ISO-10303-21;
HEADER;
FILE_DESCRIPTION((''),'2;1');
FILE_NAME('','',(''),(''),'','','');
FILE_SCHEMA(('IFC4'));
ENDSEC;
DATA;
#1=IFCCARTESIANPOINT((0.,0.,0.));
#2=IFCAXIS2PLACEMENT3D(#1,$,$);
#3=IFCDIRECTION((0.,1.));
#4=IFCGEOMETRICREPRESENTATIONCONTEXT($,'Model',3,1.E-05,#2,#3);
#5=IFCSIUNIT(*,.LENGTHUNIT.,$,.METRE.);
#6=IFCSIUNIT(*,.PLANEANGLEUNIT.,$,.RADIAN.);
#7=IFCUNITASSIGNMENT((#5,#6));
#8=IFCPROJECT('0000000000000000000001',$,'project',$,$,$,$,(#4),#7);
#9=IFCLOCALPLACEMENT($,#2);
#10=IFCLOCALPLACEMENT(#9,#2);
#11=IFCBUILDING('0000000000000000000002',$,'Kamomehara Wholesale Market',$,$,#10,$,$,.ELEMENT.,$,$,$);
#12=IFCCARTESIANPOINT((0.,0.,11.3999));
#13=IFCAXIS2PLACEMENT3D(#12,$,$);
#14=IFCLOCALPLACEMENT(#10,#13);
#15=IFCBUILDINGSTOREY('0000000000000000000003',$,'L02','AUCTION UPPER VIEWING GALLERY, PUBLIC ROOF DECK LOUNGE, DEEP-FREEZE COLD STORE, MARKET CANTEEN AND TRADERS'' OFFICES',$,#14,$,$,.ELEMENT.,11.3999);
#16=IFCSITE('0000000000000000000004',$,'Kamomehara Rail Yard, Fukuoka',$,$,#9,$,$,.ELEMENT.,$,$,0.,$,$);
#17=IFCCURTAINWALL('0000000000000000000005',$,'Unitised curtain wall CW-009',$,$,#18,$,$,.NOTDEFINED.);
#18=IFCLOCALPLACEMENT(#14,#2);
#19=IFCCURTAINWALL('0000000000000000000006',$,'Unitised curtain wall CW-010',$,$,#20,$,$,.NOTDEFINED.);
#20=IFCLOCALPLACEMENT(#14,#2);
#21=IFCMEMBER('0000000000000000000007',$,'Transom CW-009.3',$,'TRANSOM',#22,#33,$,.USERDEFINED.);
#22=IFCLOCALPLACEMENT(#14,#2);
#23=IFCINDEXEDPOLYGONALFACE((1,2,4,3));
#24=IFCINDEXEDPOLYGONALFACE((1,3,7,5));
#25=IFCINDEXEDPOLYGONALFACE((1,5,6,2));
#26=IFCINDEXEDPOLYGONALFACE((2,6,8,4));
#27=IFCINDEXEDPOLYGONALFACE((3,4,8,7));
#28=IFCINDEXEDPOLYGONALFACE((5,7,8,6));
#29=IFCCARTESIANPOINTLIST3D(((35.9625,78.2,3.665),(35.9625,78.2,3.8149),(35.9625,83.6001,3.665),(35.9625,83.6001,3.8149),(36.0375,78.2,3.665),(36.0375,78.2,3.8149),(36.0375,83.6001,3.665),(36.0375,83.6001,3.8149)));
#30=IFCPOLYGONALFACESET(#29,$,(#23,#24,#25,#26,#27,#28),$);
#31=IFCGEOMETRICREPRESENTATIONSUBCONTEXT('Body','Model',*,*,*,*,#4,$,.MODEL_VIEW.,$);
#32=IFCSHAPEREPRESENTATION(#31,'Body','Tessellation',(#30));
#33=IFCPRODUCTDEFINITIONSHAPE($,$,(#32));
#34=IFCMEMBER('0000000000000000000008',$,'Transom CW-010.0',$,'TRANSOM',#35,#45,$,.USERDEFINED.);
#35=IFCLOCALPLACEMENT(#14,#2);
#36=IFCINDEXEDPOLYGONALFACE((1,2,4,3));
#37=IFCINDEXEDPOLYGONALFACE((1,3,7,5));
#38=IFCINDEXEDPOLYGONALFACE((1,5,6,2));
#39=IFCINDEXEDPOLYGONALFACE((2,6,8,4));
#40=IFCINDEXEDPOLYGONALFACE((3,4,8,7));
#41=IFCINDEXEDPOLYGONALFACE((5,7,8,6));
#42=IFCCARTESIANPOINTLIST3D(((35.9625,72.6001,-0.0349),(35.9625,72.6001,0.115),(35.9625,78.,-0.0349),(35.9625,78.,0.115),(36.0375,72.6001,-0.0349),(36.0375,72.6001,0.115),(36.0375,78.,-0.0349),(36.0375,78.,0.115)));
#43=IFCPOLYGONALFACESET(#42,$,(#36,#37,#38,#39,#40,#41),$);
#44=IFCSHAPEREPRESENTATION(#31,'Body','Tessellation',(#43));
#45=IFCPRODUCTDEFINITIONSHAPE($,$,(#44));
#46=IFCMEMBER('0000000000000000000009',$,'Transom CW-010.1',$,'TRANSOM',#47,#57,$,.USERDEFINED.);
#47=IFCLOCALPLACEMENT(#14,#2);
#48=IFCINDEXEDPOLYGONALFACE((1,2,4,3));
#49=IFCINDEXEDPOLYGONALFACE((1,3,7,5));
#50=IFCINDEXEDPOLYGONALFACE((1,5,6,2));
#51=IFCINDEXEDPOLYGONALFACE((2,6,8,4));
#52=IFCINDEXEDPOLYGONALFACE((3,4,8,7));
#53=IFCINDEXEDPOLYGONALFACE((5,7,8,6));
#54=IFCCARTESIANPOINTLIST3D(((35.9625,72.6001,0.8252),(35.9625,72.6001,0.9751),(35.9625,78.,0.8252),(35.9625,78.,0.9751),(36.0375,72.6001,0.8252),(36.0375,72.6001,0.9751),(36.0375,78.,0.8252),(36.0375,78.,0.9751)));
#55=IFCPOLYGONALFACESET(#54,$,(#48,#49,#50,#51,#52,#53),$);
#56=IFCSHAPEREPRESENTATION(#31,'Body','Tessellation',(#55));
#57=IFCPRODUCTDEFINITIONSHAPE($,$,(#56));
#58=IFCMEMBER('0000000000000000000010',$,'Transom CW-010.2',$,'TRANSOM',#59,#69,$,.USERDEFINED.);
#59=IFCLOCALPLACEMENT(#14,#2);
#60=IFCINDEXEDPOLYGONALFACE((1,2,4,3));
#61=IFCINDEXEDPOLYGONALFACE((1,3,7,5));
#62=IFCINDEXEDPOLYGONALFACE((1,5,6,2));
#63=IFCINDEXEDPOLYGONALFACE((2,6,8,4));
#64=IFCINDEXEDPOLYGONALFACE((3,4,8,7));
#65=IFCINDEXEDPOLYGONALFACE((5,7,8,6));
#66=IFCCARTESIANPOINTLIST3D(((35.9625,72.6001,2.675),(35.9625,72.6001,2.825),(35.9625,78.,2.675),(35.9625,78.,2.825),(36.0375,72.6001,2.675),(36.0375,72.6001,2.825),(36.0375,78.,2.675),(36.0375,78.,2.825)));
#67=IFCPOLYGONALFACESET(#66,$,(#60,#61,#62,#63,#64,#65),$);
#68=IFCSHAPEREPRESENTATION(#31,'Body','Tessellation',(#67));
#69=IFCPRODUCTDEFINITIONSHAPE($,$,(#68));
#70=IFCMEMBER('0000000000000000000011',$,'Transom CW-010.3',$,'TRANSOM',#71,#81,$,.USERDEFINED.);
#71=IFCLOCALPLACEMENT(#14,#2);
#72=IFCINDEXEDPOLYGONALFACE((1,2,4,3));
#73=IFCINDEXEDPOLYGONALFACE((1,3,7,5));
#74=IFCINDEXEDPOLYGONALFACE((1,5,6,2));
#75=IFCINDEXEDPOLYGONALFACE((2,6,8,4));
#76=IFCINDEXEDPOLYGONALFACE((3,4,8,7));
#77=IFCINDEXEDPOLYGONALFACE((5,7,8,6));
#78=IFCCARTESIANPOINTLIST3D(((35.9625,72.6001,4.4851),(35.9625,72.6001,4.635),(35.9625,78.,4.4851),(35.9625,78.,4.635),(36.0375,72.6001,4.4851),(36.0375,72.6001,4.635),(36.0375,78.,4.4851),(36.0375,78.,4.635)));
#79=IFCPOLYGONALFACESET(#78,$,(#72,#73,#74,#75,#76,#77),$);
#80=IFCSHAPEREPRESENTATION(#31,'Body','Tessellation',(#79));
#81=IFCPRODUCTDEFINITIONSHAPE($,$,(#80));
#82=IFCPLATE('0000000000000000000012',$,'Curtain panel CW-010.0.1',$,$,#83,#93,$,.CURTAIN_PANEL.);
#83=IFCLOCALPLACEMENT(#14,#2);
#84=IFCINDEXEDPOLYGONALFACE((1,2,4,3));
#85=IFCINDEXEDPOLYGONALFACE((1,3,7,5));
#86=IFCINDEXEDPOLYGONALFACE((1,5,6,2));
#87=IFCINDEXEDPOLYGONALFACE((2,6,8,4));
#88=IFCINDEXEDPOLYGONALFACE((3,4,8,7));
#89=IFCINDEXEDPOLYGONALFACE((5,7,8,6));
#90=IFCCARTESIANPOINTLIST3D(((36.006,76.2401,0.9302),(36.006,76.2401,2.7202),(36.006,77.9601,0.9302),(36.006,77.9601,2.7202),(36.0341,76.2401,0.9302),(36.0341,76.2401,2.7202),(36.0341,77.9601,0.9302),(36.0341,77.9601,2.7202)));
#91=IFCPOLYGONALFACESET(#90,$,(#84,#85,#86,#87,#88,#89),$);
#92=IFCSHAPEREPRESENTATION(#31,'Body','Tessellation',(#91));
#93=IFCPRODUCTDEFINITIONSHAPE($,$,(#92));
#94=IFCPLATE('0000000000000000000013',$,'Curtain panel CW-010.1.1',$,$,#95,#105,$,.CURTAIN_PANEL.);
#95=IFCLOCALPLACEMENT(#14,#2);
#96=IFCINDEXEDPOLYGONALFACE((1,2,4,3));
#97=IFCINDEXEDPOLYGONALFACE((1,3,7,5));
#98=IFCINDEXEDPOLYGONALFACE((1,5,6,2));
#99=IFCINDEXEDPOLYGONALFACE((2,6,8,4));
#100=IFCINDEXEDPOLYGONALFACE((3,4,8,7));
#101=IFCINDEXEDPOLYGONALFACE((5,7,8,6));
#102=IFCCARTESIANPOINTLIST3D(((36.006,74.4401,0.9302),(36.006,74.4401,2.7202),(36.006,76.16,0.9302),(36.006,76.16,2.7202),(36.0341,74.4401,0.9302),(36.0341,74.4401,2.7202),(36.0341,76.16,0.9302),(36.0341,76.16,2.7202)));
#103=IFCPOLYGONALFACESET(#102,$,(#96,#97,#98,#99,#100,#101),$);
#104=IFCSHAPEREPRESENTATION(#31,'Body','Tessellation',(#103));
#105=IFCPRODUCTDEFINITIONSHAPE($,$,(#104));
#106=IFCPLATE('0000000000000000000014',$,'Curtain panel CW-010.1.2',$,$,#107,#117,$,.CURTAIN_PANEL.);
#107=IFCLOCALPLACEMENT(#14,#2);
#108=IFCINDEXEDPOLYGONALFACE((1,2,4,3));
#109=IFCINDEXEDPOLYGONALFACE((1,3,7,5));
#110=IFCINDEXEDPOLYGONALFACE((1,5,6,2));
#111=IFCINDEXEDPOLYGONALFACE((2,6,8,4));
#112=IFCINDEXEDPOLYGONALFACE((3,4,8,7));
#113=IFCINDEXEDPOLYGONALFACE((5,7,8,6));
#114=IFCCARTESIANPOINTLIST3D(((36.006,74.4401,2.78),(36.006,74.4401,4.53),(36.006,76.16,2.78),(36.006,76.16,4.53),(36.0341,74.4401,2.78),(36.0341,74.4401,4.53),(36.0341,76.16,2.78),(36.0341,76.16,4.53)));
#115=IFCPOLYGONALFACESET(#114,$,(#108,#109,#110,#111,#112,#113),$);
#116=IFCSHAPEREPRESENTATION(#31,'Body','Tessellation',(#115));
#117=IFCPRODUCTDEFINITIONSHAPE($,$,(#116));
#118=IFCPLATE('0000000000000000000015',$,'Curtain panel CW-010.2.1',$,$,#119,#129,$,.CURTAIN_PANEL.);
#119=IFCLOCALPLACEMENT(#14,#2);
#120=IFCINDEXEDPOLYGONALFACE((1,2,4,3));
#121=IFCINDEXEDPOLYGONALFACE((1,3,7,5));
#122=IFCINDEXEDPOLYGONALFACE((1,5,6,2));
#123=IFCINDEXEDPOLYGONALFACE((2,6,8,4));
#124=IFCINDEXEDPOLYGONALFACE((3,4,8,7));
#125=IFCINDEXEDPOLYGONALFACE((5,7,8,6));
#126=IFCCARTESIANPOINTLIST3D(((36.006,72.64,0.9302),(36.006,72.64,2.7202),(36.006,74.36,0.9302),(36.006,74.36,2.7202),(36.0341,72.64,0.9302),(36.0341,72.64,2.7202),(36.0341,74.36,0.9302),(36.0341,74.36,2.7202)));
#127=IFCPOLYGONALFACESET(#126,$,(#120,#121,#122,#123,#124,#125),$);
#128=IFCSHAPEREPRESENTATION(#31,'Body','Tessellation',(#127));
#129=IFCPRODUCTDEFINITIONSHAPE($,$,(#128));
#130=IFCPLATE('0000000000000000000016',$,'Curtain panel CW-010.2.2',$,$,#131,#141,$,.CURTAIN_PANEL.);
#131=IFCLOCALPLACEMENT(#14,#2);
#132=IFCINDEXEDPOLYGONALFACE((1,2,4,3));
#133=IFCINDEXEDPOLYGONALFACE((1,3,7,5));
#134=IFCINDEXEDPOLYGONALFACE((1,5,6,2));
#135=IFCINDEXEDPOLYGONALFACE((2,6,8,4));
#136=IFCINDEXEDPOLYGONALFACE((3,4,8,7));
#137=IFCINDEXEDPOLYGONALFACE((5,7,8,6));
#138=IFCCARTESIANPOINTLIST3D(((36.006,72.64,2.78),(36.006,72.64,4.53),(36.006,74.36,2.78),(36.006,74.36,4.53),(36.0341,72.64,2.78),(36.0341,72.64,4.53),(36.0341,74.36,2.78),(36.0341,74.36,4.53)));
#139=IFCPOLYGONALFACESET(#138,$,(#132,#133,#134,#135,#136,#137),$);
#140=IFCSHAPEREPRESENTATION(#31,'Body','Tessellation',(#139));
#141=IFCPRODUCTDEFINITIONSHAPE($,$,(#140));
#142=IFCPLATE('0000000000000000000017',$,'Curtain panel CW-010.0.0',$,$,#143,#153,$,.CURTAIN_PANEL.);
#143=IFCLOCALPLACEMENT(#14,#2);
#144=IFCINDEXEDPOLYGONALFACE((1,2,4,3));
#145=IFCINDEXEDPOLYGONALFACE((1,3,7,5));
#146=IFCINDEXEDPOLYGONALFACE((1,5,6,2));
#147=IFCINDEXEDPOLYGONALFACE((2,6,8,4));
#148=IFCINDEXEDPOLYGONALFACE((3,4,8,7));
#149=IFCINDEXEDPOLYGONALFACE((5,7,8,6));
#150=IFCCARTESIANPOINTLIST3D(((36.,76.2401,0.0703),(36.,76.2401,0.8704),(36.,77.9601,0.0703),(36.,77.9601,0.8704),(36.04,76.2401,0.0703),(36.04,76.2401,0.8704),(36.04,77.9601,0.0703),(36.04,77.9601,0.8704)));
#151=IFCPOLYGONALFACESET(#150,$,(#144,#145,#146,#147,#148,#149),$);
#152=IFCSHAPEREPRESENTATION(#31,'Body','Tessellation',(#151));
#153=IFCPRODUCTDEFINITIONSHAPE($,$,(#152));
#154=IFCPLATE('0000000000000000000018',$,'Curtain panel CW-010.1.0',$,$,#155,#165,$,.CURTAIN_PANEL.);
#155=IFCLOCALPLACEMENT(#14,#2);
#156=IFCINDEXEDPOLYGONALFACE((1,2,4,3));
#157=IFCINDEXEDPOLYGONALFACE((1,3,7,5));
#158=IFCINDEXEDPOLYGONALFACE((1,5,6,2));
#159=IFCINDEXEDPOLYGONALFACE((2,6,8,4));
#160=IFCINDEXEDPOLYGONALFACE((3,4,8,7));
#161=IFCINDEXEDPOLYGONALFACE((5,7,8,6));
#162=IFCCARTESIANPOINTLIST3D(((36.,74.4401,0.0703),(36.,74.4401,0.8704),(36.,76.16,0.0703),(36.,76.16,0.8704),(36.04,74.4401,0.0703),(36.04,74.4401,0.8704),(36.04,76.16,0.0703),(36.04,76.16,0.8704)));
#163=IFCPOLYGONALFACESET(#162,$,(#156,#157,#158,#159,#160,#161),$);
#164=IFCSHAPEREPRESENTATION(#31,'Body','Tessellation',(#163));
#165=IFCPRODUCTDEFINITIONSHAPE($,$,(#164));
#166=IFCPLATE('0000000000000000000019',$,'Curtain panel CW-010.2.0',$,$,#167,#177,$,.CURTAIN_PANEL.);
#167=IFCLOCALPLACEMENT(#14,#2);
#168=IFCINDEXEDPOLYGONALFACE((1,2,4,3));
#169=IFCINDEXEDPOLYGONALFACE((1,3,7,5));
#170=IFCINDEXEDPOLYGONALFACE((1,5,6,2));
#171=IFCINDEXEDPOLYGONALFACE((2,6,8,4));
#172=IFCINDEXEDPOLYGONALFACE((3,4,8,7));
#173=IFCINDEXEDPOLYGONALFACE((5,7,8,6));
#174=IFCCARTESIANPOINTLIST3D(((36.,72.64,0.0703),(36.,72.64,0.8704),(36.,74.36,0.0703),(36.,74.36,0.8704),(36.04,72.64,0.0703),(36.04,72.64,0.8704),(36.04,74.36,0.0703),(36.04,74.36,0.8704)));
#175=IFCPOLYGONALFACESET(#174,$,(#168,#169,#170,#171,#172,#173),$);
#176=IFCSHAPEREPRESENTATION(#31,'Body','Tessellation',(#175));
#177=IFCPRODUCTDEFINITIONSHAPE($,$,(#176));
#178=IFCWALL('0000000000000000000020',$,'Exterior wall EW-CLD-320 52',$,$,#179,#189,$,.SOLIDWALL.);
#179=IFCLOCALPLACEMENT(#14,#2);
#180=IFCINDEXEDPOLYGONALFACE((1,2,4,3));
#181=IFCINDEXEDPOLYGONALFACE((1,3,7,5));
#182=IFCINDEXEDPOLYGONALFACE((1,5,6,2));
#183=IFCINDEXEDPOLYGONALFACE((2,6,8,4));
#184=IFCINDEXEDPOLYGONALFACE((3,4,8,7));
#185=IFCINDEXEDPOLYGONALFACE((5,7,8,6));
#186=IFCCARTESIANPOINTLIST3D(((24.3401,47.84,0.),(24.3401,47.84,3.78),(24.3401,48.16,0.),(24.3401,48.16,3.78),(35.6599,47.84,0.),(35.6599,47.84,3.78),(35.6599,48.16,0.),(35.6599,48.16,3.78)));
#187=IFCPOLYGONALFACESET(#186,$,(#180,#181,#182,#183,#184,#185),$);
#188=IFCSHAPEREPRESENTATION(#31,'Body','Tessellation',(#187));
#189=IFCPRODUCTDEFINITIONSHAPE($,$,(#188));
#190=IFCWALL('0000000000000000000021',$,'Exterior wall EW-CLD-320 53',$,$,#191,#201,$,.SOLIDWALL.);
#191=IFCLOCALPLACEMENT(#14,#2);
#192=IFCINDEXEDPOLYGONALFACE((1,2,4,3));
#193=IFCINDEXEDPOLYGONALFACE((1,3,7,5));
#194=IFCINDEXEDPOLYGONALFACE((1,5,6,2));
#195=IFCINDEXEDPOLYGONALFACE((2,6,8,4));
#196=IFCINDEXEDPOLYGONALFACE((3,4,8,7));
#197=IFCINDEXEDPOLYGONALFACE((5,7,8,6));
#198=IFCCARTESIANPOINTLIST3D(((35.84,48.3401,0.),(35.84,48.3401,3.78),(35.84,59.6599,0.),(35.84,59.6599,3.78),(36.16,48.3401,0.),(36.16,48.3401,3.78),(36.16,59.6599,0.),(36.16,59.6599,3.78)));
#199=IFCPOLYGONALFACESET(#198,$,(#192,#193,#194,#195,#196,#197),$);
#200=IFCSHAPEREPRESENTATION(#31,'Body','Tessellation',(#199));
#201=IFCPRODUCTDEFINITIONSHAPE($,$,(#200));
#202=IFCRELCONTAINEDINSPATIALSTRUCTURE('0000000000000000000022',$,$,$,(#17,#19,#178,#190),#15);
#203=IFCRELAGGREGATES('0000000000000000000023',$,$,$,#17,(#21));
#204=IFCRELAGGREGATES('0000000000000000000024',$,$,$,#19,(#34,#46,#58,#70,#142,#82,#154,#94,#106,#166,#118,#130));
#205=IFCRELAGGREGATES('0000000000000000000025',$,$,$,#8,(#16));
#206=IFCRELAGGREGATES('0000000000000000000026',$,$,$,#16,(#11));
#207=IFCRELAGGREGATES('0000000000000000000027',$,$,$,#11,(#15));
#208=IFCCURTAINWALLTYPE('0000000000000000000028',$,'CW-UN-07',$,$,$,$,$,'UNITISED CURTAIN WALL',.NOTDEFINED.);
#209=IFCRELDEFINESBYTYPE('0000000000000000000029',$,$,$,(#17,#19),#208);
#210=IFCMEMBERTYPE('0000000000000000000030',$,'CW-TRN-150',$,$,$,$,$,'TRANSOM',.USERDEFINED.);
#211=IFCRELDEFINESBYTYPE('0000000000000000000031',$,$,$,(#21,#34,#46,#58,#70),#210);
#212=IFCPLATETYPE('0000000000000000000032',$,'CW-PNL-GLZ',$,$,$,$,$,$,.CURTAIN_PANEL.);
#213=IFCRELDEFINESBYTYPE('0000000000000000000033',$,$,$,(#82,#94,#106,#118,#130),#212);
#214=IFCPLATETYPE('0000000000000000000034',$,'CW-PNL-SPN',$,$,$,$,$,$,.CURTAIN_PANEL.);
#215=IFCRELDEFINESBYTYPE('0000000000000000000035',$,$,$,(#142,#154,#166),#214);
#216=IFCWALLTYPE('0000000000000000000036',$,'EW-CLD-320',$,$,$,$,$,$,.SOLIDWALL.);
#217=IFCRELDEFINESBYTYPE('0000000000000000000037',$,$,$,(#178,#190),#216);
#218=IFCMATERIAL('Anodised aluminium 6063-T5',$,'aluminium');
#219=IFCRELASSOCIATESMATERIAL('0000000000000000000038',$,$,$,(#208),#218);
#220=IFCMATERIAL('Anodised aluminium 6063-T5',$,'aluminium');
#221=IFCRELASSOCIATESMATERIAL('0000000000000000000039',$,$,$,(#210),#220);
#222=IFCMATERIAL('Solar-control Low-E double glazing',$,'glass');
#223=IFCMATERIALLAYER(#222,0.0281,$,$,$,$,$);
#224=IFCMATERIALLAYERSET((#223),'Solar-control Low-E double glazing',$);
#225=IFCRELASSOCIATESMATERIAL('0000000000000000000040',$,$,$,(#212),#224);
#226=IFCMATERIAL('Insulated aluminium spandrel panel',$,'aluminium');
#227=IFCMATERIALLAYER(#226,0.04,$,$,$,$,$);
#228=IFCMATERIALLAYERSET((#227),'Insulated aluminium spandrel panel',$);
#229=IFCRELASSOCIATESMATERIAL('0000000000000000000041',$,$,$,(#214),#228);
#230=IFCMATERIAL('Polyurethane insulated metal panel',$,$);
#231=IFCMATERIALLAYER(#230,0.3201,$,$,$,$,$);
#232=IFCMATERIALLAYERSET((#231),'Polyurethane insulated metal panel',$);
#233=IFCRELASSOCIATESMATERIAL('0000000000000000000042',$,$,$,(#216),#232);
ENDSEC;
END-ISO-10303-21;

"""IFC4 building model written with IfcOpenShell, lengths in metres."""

from ifc_helpers import new_model, si_unit, direction, frame, frame_2d, origin, origin_2d, place, context, subcontext, project, spatial, rectangle, extrude, material, layer, layer_set, material_profile, profile_set, type_object, element, aggregate, save


model = new_model("IFC4")

# Units and contexts
model_context = context("Model", 3, precision=1e-05, world=origin(), true_north=direction((0.0, 1.0)))
body_context = subcontext(model_context, "Body", "Model", "MODEL_VIEW")
ifc_project = project(units=[si_unit("LENGTHUNIT", "METRE"), si_unit("PLANEANGLEUNIT", "RADIAN")], contexts=[model_context])

# Site, building, storey
site_placement = place(None, origin())
site = spatial("IfcSite", under=ifc_project, at=site_placement, Name="Kamomehara Rail Yard, Fukuoka", CompositionType="ELEMENT", RefElevation=0.0)
building_placement = place(site_placement, origin())
building = spatial("IfcBuilding", under=site, at=building_placement, Name="Kamomehara Wholesale Market", CompositionType="ELEMENT")
storey_placement = place(building_placement, frame((0.0, 0.0, 11.3999)))
storey = spatial("IfcBuildingStorey", under=building, at=storey_placement, Name="L02", Description="AUCTION UPPER VIEWING GALLERY, PUBLIC ROOF DECK LOUNGE, DEEP-FREEZE COLD STORE, MARKET CANTEEN AND TRADERS' OFFICES", CompositionType="ELEMENT", Elevation=11.3999)

# Curtain walls
ifc_material_1 = material(Name="Anodised aluminium 6063-T5", Category="aluminium")
curtain_wall_type = type_object("IfcCurtainWallType", Name="CW-UN-07", ElementType="UNITISED CURTAIN WALL", PredefinedType="NOTDEFINED", material=ifc_material_1)
curtain_wall_1_placement = place(storey_placement, origin())
curtain_wall_1 = element("IfcCurtainWall", 1, at=curtain_wall_1_placement, inside=storey, type_object=curtain_wall_type, Name="Unitised curtain wall CW-009", PredefinedType="NOTDEFINED")
curtain_wall_2_placement = place(storey_placement, origin())
curtain_wall_2 = element("IfcCurtainWall", 2, at=curtain_wall_2_placement, inside=storey, type_object=curtain_wall_type, Name="Unitised curtain wall CW-010", PredefinedType="NOTDEFINED")

# Members
ifc_material_2 = material(Name="Anodised aluminium 6063-T5", Category="aluminium")
ifc_material_profile_1 = material_profile(ifc_material_2, rectangle(XDim=0.075, YDim=0.1499, at=origin_2d()), Name="ALU-TRN-75x150")
ifc_profile_set_1 = profile_set([ifc_material_profile_1], Name="Anodised aluminium 6063-T5")
member_type_1 = type_object("IfcMemberType", Name="CW-TRN-150", ElementType="TRANSOM", PredefinedType="USERDEFINED", material=ifc_profile_set_1)
member_1_placement = place(storey_placement, frame((36.0, 83.6001, 3.74), z_axis=(0.0, -1.0, 0.0), x_axis=(1.0, 0.0, 0.0)))
member_1 = element("IfcMember", 3, at=member_1_placement, type_object=member_type_1, Name="Transom CW-009.3", ObjectType="TRANSOM", PredefinedType="USERDEFINED", context=body_context, shape_type="SweptSolid", body=[
    extrude(rectangle(XDim=0.075, YDim=0.1499, at=origin_2d()), origin(), (0.0, 0.0, 1.0), 5.4001),
])
aggregate(curtain_wall_1, [member_1])
member_2_placement = place(storey_placement, frame((36.0, 78.0, 0.04), z_axis=(0.0, -1.0, 0.0), x_axis=(1.0, 0.0, 0.0)))
member_2 = element("IfcMember", 4, at=member_2_placement, type_object=member_type_1, Name="Transom CW-010.0", ObjectType="TRANSOM", PredefinedType="USERDEFINED", context=body_context, shape_type="SweptSolid", body=[
    extrude(rectangle(XDim=0.075, YDim=0.1499, at=origin_2d()), origin(), (0.0, 0.0, 1.0), 5.3999),
])
member_3_placement = place(storey_placement, frame((36.0, 78.0, 0.9001), z_axis=(0.0, -1.0, 0.0), x_axis=(1.0, 0.0, 0.0)))
member_3 = element("IfcMember", 5, at=member_3_placement, type_object=member_type_1, Name="Transom CW-010.1", ObjectType="TRANSOM", PredefinedType="USERDEFINED", context=body_context, shape_type="SweptSolid", body=[
    extrude(rectangle(XDim=0.075, YDim=0.1499, at=origin_2d()), origin(), (0.0, 0.0, 1.0), 5.3999),
])
member_4_placement = place(storey_placement, frame((36.0, 78.0, 2.75), z_axis=(0.0, -1.0, 0.0), x_axis=(1.0, 0.0, 0.0)))
member_4 = element("IfcMember", 6, at=member_4_placement, type_object=member_type_1, Name="Transom CW-010.2", ObjectType="TRANSOM", PredefinedType="USERDEFINED", context=body_context, shape_type="SweptSolid", body=[
    extrude(rectangle(XDim=0.075, YDim=0.1499, at=origin_2d()), origin(), (0.0, 0.0, 1.0), 5.3999),
])
member_5_placement = place(storey_placement, frame((36.0, 78.0, 4.5601), z_axis=(0.0, -1.0, 0.0), x_axis=(1.0, 0.0, 0.0)))
member_5 = element("IfcMember", 7, at=member_5_placement, type_object=member_type_1, Name="Transom CW-010.3", ObjectType="TRANSOM", PredefinedType="USERDEFINED", context=body_context, shape_type="SweptSolid", body=[
    extrude(rectangle(XDim=0.075, YDim=0.1499, at=origin_2d()), origin(), (0.0, 0.0, 1.0), 5.3999),
])

# Plates
ifc_material_3 = material(Name="Solar-control Low-E double glazing", Category="glass")
ifc_layer_1 = layer(ifc_material_3, 0.0281)
ifc_layer_set_1 = layer_set([ifc_layer_1], Name="Solar-control Low-E double glazing")
plate_type_1 = type_object("IfcPlateType", Name="CW-PNL-GLZ", PredefinedType="CURTAIN_PANEL", material=ifc_layer_set_1)
plate_1_placement = place(storey_placement, frame((36.02, 77.1001, 0.9302), z_axis=(0.0, 0.0, 1.0), x_axis=(0.0, -1.0, 0.0)))
plate_1 = element("IfcPlate", 8, at=plate_1_placement, type_object=plate_type_1, Name="Curtain panel CW-010.0.1", PredefinedType="CURTAIN_PANEL", context=body_context, shape_type="SweptSolid", body=[
    extrude(rectangle(XDim=1.72, YDim=0.0281, at=origin_2d()), origin(), (0.0, 0.0, 1.0), 1.79),
])
plate_2_placement = place(storey_placement, frame((36.02, 75.3, 0.9302), z_axis=(0.0, 0.0, 1.0), x_axis=(0.0, -1.0, 0.0)))
plate_2 = element("IfcPlate", 9, at=plate_2_placement, type_object=plate_type_1, Name="Curtain panel CW-010.1.1", PredefinedType="CURTAIN_PANEL", context=body_context, shape_type="SweptSolid", body=[
    extrude(rectangle(XDim=1.72, YDim=0.0281, at=origin_2d()), origin(), (0.0, 0.0, 1.0), 1.79),
])
plate_3_placement = place(storey_placement, frame((36.02, 75.3, 2.78), z_axis=(0.0, 0.0, 1.0), x_axis=(0.0, -1.0, 0.0)))
plate_3 = element("IfcPlate", 10, at=plate_3_placement, type_object=plate_type_1, Name="Curtain panel CW-010.1.2", PredefinedType="CURTAIN_PANEL", context=body_context, shape_type="SweptSolid", body=[
    extrude(rectangle(XDim=1.72, YDim=0.0281, at=origin_2d()), origin(), (0.0, 0.0, 1.0), 1.75),
])
plate_4_placement = place(storey_placement, frame((36.02, 73.5, 0.9302), z_axis=(0.0, 0.0, 1.0), x_axis=(0.0, -1.0, 0.0)))
plate_4 = element("IfcPlate", 11, at=plate_4_placement, type_object=plate_type_1, Name="Curtain panel CW-010.2.1", PredefinedType="CURTAIN_PANEL", context=body_context, shape_type="SweptSolid", body=[
    extrude(rectangle(XDim=1.72, YDim=0.0281, at=origin_2d()), origin(), (0.0, 0.0, 1.0), 1.79),
])
plate_5_placement = place(storey_placement, frame((36.02, 73.5, 2.78), z_axis=(0.0, 0.0, 1.0), x_axis=(0.0, -1.0, 0.0)))
plate_5 = element("IfcPlate", 12, at=plate_5_placement, type_object=plate_type_1, Name="Curtain panel CW-010.2.2", PredefinedType="CURTAIN_PANEL", context=body_context, shape_type="SweptSolid", body=[
    extrude(rectangle(XDim=1.72, YDim=0.0281, at=origin_2d()), origin(), (0.0, 0.0, 1.0), 1.75),
])
ifc_material_4 = material(Name="Insulated aluminium spandrel panel", Category="aluminium")
ifc_layer_2 = layer(ifc_material_4, 0.04)
ifc_layer_set_2 = layer_set([ifc_layer_2], Name="Insulated aluminium spandrel panel")
plate_type_2 = type_object("IfcPlateType", Name="CW-PNL-SPN", PredefinedType="CURTAIN_PANEL", material=ifc_layer_set_2)
plate_6_placement = place(storey_placement, frame((36.02, 77.1001, 0.0703), z_axis=(0.0, 0.0, 1.0), x_axis=(0.0, -1.0, 0.0)))
plate_6 = element("IfcPlate", 13, at=plate_6_placement, type_object=plate_type_2, Name="Curtain panel CW-010.0.0", PredefinedType="CURTAIN_PANEL", context=body_context, shape_type="SweptSolid", body=[
    extrude(rectangle(XDim=1.72, YDim=0.04, at=origin_2d()), origin(), (0.0, 0.0, 1.0), 0.8),
])
plate_7_placement = place(storey_placement, frame((36.02, 75.3, 0.0703), z_axis=(0.0, 0.0, 1.0), x_axis=(0.0, -1.0, 0.0)))
plate_7 = element("IfcPlate", 14, at=plate_7_placement, type_object=plate_type_2, Name="Curtain panel CW-010.1.0", PredefinedType="CURTAIN_PANEL", context=body_context, shape_type="SweptSolid", body=[
    extrude(rectangle(XDim=1.72, YDim=0.04, at=origin_2d()), origin(), (0.0, 0.0, 1.0), 0.8),
])
plate_8_placement = place(storey_placement, frame((36.02, 73.5, 0.0703), z_axis=(0.0, 0.0, 1.0), x_axis=(0.0, -1.0, 0.0)))
plate_8 = element("IfcPlate", 15, at=plate_8_placement, type_object=plate_type_2, Name="Curtain panel CW-010.2.0", PredefinedType="CURTAIN_PANEL", context=body_context, shape_type="SweptSolid", body=[
    extrude(rectangle(XDim=1.72, YDim=0.04, at=origin_2d()), origin(), (0.0, 0.0, 1.0), 0.8),
])
aggregate(curtain_wall_2, [member_2, member_3, member_4, member_5, plate_6, plate_1, plate_7, plate_2, plate_3, plate_8, plate_4, plate_5])

# Walls
ifc_material_5 = material(Name="Polyurethane insulated metal panel")
ifc_layer_3 = layer(ifc_material_5, 0.3201)
ifc_layer_set_3 = layer_set([ifc_layer_3], Name="Polyurethane insulated metal panel")
wall_type = type_object("IfcWallType", Name="EW-CLD-320", PredefinedType="SOLIDWALL", material=ifc_layer_set_3)
for number, where, z_axis, x_axis, name in (
    (16, (35.6599, 48.0, 0.0), (0.0, 0.0, 1.0), (-1.0, 0.0, 0.0), "Exterior wall EW-CLD-320 52"),
    (17, (36.0, 59.6599, 0.0), (0.0, 0.0, 1.0), (0.0, -1.0, 0.0), "Exterior wall EW-CLD-320 53"),
):
    element("IfcWall", number, at=place(storey_placement, frame(where, z_axis=z_axis, x_axis=x_axis)), inside=storey, type_object=wall_type, Name=name, PredefinedType="SOLIDWALL", context=body_context, shape_type="SweptSolid", body=[
        extrude(rectangle(XDim=11.3198, YDim=0.3201, at=frame_2d((5.6599, 0.0))), origin(), (0.0, 0.0, 1.0), 3.78),
    ])

save(model, "model.ifc")
